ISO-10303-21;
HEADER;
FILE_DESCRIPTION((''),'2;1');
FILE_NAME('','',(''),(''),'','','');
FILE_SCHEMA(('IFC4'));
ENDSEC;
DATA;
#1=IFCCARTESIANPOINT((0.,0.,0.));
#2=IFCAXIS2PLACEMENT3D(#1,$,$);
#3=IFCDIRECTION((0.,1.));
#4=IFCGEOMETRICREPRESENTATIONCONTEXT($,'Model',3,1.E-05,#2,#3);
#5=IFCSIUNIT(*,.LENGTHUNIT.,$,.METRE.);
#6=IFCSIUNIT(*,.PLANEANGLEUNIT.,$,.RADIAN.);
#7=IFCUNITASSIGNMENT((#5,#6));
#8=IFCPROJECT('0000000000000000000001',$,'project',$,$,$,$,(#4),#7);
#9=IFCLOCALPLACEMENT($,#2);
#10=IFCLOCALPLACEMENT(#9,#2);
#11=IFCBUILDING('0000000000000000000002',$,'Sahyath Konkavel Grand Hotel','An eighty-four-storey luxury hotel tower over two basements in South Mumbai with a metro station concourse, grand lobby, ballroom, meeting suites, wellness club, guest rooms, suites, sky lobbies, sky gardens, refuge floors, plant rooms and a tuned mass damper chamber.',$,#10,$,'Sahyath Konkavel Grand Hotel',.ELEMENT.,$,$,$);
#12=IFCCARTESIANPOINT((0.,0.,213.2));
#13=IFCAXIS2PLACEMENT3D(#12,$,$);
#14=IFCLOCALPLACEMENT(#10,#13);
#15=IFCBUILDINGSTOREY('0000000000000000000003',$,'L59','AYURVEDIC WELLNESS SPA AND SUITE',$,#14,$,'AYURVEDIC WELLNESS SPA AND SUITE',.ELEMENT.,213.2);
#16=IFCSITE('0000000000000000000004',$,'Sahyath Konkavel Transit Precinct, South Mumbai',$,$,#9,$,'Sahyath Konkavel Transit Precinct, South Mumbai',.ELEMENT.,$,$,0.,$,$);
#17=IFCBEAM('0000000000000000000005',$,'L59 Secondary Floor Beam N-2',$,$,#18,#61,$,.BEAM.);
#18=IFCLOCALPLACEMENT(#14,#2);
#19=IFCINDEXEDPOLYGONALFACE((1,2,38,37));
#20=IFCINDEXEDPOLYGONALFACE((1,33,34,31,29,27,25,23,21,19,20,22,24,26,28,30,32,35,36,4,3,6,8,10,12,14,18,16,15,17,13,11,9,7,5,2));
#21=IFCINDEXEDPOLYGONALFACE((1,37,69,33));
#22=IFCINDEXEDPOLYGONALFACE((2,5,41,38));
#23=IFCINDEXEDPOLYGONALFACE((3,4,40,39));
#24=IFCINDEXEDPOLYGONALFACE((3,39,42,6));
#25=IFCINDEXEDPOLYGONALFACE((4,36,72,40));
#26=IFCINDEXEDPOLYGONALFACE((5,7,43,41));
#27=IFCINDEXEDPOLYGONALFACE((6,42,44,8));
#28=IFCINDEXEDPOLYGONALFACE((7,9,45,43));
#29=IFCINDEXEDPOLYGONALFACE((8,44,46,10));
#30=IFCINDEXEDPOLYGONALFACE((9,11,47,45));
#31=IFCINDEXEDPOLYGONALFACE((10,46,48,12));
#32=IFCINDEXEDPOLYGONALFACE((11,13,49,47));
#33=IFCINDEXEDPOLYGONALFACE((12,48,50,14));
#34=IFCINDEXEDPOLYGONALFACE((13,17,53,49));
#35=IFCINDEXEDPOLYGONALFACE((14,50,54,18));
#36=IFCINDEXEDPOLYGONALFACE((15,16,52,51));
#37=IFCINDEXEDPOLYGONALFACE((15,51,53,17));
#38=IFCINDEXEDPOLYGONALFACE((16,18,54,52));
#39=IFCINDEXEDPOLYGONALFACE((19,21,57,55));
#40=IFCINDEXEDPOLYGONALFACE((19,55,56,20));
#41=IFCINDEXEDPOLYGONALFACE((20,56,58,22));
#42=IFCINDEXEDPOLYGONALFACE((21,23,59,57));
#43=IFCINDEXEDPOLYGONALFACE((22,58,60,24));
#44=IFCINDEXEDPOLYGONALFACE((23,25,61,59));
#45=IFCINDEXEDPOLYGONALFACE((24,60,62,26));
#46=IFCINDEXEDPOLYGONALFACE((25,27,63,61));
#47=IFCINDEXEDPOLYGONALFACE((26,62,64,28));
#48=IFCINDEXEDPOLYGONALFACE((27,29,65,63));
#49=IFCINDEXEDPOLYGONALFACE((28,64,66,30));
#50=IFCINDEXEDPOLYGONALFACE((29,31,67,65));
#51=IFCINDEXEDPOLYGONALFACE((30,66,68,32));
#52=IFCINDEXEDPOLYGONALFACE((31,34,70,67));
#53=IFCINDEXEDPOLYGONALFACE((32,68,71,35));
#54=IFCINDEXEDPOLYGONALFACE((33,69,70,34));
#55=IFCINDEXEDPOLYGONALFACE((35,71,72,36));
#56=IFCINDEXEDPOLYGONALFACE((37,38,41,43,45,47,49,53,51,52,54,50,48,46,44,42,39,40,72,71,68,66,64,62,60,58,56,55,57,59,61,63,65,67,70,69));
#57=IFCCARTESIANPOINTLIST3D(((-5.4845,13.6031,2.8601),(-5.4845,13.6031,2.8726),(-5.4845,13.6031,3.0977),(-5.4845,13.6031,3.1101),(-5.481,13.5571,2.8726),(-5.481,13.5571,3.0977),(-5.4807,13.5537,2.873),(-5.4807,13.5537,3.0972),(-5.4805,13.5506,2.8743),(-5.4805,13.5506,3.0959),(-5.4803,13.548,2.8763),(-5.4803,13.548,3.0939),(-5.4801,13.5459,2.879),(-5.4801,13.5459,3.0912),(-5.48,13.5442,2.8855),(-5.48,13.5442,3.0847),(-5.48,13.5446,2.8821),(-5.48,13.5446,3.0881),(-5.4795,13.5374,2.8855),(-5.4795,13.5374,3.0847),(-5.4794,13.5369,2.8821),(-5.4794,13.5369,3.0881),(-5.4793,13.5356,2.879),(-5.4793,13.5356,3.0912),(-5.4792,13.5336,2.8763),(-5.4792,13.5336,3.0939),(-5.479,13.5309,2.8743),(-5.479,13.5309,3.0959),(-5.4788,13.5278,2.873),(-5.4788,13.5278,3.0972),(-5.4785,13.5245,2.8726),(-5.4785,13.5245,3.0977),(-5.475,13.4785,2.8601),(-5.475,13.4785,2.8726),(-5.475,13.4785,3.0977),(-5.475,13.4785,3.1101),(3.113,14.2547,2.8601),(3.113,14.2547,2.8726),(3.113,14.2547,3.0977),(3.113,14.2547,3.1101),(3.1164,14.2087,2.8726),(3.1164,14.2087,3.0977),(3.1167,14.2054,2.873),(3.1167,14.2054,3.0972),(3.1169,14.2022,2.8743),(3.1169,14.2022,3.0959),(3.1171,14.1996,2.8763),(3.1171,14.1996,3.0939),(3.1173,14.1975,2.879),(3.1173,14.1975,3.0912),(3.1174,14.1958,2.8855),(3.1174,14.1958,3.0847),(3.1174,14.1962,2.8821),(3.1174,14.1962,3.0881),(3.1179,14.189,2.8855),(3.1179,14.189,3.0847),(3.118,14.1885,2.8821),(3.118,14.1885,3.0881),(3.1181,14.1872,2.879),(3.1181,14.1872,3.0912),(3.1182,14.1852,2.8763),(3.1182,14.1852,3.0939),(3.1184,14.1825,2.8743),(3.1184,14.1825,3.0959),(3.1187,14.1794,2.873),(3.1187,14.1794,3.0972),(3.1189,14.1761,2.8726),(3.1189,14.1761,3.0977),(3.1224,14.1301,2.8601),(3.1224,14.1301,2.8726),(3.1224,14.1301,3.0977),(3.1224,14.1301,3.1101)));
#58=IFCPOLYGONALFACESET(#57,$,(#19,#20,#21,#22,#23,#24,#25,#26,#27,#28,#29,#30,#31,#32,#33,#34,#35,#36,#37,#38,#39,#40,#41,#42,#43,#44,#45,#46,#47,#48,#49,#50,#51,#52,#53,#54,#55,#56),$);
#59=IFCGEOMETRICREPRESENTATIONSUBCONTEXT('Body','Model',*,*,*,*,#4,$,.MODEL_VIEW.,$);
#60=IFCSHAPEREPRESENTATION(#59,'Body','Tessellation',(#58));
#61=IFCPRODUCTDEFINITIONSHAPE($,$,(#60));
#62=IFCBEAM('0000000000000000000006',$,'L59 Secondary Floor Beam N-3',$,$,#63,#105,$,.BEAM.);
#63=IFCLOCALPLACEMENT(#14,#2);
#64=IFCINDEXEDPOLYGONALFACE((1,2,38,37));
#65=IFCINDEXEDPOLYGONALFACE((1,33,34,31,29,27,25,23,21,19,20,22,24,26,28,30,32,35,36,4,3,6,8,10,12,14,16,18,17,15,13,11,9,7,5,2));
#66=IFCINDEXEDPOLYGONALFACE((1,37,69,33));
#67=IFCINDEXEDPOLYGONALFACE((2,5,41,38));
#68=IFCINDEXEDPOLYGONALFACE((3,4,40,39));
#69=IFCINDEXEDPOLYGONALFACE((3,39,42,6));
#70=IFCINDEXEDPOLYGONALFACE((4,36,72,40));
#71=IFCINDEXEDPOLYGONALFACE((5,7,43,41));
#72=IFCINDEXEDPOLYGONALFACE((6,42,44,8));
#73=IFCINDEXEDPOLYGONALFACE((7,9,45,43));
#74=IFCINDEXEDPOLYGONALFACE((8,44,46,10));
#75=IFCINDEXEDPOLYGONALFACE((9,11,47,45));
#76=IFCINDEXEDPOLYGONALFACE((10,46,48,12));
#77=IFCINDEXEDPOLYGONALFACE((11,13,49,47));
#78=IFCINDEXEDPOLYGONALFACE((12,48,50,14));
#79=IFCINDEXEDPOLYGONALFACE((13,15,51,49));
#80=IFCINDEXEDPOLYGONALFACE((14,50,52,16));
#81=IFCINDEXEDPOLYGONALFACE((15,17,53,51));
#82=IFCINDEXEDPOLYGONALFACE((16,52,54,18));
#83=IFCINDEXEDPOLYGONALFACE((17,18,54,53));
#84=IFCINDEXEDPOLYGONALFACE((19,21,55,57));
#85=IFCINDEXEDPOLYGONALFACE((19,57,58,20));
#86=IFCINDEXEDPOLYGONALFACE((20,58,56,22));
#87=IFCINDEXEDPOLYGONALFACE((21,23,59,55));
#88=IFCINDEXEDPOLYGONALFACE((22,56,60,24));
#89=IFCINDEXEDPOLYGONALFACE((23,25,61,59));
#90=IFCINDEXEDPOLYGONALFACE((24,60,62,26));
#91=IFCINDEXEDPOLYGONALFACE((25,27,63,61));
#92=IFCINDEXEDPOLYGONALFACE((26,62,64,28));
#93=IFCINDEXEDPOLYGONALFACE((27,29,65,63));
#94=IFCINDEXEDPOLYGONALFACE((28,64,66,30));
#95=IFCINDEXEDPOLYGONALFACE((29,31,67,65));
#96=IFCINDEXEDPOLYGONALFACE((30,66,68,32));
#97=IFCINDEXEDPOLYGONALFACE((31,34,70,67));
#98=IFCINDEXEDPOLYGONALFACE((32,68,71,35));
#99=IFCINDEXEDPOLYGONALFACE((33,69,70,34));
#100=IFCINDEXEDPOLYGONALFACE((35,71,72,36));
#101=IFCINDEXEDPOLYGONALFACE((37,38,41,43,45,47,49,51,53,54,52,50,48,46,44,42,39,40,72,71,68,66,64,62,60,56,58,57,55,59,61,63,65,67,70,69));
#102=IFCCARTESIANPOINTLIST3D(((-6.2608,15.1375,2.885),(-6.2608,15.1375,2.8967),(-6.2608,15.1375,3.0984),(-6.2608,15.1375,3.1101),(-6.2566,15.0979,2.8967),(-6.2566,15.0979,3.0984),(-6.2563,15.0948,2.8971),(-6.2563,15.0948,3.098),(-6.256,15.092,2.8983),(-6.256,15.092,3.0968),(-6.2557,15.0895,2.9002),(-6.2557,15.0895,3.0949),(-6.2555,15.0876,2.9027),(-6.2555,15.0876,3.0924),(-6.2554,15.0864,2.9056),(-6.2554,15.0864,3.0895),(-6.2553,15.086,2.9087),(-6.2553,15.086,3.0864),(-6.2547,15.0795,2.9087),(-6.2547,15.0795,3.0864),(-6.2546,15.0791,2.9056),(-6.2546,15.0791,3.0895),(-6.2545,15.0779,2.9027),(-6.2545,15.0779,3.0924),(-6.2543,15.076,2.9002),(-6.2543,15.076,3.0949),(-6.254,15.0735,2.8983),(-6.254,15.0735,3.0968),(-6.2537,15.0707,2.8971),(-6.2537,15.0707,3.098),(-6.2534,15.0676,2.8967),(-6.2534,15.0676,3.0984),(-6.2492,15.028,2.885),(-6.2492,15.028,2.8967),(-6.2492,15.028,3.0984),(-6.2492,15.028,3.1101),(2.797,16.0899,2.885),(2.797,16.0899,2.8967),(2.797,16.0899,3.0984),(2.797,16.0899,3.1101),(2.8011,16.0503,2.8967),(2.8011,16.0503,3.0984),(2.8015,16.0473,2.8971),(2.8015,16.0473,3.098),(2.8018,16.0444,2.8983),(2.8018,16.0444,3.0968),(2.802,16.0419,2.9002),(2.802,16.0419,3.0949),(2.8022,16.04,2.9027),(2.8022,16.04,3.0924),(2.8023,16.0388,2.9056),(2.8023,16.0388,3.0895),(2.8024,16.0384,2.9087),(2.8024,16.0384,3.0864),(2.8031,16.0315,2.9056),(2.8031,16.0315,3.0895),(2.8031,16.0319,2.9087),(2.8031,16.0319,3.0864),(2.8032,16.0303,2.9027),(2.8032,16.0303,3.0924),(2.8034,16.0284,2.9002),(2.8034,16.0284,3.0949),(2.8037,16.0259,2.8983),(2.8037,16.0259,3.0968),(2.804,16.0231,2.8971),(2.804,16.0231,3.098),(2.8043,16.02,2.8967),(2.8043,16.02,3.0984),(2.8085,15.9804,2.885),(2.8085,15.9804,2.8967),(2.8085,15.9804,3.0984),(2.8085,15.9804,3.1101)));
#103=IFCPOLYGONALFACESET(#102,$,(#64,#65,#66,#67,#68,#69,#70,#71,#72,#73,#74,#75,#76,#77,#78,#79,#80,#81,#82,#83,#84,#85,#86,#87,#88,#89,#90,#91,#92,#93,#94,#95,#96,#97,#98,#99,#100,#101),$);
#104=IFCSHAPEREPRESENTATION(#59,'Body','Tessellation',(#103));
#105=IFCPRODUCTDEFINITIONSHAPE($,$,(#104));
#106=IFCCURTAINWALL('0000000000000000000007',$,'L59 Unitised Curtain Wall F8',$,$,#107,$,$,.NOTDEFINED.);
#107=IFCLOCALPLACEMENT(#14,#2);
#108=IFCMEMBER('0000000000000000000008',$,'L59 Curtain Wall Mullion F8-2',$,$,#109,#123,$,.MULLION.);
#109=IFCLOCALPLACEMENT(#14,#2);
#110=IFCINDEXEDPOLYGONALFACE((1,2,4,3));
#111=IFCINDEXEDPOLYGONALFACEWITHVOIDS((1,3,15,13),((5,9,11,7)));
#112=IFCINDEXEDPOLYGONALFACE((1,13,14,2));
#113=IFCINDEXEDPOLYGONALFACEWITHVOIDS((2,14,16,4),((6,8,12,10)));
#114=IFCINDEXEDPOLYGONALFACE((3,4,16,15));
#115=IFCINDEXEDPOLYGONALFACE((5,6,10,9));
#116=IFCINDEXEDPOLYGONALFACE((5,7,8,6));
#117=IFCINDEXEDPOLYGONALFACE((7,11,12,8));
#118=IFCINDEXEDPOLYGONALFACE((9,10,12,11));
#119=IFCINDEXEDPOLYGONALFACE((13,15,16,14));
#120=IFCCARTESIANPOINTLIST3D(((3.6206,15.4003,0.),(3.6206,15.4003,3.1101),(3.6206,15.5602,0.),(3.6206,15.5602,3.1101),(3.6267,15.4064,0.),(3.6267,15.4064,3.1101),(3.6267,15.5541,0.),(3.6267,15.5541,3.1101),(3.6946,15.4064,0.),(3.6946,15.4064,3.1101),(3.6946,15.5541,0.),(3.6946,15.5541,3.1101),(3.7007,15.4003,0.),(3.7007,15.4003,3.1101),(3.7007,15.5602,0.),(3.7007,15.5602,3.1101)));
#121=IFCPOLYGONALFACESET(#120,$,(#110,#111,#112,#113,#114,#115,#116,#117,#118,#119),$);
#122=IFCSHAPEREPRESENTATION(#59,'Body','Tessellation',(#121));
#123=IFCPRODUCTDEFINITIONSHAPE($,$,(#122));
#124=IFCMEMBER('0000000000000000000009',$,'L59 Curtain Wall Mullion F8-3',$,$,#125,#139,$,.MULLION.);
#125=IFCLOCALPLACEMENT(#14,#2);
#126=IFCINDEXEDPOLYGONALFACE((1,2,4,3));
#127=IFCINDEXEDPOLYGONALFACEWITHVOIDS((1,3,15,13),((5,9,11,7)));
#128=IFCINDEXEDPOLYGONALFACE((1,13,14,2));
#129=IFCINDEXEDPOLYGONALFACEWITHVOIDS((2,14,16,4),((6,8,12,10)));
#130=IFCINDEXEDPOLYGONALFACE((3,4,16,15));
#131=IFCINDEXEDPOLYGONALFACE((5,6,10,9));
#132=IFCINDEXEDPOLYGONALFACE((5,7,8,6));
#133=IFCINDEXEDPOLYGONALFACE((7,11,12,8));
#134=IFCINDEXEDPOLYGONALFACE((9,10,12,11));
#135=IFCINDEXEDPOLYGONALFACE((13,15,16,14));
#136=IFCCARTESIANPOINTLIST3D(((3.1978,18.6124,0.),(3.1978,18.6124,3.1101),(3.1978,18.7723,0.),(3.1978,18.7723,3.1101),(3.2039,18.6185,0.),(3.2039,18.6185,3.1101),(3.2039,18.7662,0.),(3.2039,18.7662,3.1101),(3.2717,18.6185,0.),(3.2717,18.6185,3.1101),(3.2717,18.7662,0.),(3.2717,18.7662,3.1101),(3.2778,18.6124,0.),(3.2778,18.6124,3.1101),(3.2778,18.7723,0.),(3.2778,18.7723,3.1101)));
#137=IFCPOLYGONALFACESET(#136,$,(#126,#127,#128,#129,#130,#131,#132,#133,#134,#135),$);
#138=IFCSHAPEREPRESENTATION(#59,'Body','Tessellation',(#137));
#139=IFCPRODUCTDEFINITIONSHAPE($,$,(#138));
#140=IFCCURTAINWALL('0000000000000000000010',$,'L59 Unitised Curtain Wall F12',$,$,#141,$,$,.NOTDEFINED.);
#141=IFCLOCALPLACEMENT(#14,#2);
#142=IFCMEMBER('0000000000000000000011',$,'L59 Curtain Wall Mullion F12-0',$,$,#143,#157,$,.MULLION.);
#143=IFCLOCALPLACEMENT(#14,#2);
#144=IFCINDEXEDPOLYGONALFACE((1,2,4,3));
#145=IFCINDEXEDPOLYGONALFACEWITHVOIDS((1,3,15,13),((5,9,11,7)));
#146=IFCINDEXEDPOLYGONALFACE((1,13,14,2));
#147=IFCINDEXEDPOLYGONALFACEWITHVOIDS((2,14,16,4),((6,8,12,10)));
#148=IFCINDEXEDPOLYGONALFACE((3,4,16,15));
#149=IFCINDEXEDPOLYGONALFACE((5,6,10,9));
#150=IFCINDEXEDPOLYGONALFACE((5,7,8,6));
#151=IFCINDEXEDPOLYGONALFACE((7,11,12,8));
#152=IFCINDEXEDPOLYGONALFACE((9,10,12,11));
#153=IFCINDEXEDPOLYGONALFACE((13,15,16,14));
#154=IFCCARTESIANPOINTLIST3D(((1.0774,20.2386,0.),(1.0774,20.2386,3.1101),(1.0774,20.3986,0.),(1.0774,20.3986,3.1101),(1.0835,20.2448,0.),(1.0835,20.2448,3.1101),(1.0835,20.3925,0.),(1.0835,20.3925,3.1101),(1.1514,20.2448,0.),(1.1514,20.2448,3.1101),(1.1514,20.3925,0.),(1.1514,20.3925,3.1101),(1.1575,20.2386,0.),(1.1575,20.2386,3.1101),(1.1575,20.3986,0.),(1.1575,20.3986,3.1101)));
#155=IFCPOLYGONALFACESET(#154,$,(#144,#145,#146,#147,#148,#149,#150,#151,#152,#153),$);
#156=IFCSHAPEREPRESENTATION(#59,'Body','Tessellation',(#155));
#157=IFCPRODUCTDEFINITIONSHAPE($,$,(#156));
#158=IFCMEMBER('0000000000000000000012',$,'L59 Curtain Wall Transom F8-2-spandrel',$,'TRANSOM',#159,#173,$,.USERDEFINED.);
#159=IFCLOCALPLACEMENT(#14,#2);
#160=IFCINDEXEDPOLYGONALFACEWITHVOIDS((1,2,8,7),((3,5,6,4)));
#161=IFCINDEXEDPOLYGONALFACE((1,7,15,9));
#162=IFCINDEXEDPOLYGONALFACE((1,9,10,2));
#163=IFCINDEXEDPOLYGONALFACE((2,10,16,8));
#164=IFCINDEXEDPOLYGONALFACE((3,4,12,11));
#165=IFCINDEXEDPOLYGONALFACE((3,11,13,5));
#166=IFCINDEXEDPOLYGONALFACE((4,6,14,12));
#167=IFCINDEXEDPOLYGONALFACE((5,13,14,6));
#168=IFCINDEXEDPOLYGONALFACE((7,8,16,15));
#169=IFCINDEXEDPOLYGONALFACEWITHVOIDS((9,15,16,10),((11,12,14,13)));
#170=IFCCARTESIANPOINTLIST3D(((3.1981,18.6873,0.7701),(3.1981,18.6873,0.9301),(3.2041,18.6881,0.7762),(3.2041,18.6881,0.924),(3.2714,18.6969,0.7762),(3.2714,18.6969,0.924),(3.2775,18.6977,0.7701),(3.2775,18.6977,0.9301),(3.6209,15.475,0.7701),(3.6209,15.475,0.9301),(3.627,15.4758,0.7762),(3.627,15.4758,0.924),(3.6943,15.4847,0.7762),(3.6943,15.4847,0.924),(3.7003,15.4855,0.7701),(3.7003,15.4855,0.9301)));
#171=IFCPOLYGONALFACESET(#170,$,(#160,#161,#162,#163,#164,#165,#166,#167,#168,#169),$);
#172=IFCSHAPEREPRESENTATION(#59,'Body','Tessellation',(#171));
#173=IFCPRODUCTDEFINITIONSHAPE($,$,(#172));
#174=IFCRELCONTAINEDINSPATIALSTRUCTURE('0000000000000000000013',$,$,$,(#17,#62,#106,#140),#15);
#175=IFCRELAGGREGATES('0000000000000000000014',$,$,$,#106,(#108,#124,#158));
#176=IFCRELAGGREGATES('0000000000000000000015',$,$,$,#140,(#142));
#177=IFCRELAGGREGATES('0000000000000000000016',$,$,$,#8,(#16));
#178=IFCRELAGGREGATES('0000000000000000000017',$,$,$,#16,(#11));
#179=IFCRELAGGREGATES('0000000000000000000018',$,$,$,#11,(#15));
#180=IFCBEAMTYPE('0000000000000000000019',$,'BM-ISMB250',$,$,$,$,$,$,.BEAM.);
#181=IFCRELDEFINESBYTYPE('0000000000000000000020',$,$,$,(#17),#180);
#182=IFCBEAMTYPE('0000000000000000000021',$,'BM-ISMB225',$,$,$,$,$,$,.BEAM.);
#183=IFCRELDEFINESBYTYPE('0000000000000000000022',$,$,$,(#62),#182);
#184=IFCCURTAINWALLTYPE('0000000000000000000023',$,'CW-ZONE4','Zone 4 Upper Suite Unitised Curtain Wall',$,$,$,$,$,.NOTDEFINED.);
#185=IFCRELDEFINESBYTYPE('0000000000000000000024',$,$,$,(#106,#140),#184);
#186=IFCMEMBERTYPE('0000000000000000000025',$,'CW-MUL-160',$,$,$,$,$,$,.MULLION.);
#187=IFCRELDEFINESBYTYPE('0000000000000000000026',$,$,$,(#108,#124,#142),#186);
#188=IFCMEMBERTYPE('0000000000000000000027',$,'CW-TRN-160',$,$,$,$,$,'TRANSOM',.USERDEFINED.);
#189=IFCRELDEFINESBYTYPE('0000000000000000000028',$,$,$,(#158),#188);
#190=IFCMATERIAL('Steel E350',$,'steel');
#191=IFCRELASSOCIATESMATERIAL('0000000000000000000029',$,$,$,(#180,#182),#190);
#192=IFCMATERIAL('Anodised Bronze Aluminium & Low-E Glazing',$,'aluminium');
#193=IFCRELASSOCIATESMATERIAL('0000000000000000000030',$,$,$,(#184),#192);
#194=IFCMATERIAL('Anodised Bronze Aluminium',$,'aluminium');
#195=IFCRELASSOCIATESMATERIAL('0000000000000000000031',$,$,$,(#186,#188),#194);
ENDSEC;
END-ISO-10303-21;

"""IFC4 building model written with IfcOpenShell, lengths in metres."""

from ifc_helpers import new_model, si_unit, direction, frame, origin, origin_2d, place, context, subcontext, project, spatial, hollow_rectangle, i_section, extrude, source, transform, mapped, material, material_profile, profile_set, type_object, element, aggregate, save


model = new_model("IFC4")

# Units and contexts
model_context = context("Model", 3, precision=1e-05, world=origin(), true_north=direction((0.0, 1.0)))
body_context = subcontext(model_context, "Body", "Model", "MODEL_VIEW")
ifc_project = project(units=[si_unit("LENGTHUNIT", "METRE"), si_unit("PLANEANGLEUNIT", "RADIAN")], contexts=[model_context])

# Site, building, storey
site_placement = place(None, origin())
site = spatial("IfcSite", under=ifc_project, at=site_placement, Name="Sahyath Konkavel Transit Precinct, South Mumbai", LongName="Sahyath Konkavel Transit Precinct, South Mumbai", CompositionType="ELEMENT", RefElevation=0.0)
building_placement = place(site_placement, origin())
building = spatial("IfcBuilding", under=site, at=building_placement, Name="Sahyath Konkavel Grand Hotel", Description="An eighty-four-storey luxury hotel tower over two basements in South Mumbai with a metro station concourse, grand lobby, ballroom, meeting suites, wellness club, guest rooms, suites, sky lobbies, sky gardens, refuge floors, plant rooms and a tuned mass damper chamber.", LongName="Sahyath Konkavel Grand Hotel", CompositionType="ELEMENT")
storey_placement = place(building_placement, frame((0.0, 0.0, 213.2)))
storey = spatial("IfcBuildingStorey", under=building, at=storey_placement, Name="L59", Description="AYURVEDIC WELLNESS SPA AND SUITE", LongName="AYURVEDIC WELLNESS SPA AND SUITE", CompositionType="ELEMENT", Elevation=213.2)

# Beams
ifc_material_1 = material(Name="Steel E350", Category="steel")
ifc_material_profile_1 = material_profile(ifc_material_1, i_section(OverallWidth=0.125, OverallDepth=0.25, WebThickness=0.0068, FlangeThickness=0.0125, FilletRadius=0.0129, at=origin_2d()), Name="ISMB 250")
ifc_profile_set_1 = profile_set([ifc_material_profile_1], Name="Steel E350")
beam_type_1 = type_object("IfcBeamType", Name="BM-ISMB250", PredefinedType="BEAM", material=ifc_profile_set_1)
shared_shape_1 = source(origin(), body_context, "Body", "SweptSolid", [
    extrude(i_section(OverallWidth=0.125, OverallDepth=0.25, WebThickness=0.0068, FlangeThickness=0.0125, FilletRadius=0.0129, at=origin_2d()), origin(), (0.0, 0.0, 1.0), 8.6221),
])
beam_1_placement = place(storey_placement, frame((3.1177, 14.1924, 2.9851), z_axis=(-0.99714, -0.075575, 0.0), x_axis=(0.075575, -0.99714, 0.0)))
element("IfcBeam", 1, at=beam_1_placement, inside=storey, type_object=beam_type_1, Name="L59 Secondary Floor Beam N-2", PredefinedType="BEAM", context=body_context, shape_type="MappedRepresentation", body=[
    mapped(shared_shape_1, transform((0.0, 0.0, 0.0), scale=1.0)),
])
ifc_material_profile_2 = material_profile(ifc_material_1, i_section(OverallWidth=0.1101, OverallDepth=0.2251, WebThickness=0.0066, FlangeThickness=0.0117, FilletRadius=0.012, at=origin_2d()), Name="ISMB 225")
ifc_profile_set_2 = profile_set([ifc_material_profile_2], Name="Steel E350")
beam_type_2 = type_object("IfcBeamType", Name="BM-ISMB225", PredefinedType="BEAM", material=ifc_profile_set_2)
shared_shape_2 = source(origin(), body_context, "Body", "SweptSolid", [
    extrude(i_section(OverallWidth=0.1101, OverallDepth=0.2251, WebThickness=0.0066, FlangeThickness=0.0117, FilletRadius=0.012, at=origin_2d()), origin(), (0.0, 0.0, 1.0), 9.1077),
])
beam_2_placement = place(storey_placement, frame((2.8027, 16.0352, 2.9976), z_axis=(-0.994517, -0.104572, 0.0), x_axis=(0.104572, -0.994517, 0.0)))
element("IfcBeam", 2, at=beam_2_placement, inside=storey, type_object=beam_type_2, Name="L59 Secondary Floor Beam N-3", PredefinedType="BEAM", context=body_context, shape_type="MappedRepresentation", body=[
    mapped(shared_shape_2, transform((0.0, 0.0, 0.0), scale=1.0)),
])

# Curtain wall, members
ifc_material_2 = material(Name="Anodised Bronze Aluminium & Low-E Glazing", Category="aluminium")
curtain_wall_type = type_object("IfcCurtainWallType", Name="CW-ZONE4", Description="Zone 4 Upper Suite Unitised Curtain Wall", PredefinedType="NOTDEFINED", material=ifc_material_2)
curtain_wall_1_placement = place(storey_placement, origin())
curtain_wall_1 = element("IfcCurtainWall", 3, at=curtain_wall_1_placement, inside=storey, type_object=curtain_wall_type, Name="L59 Unitised Curtain Wall F8", PredefinedType="NOTDEFINED")
ifc_material_3 = material(Name="Anodised Bronze Aluminium", Category="aluminium")
ifc_material_profile_3 = material_profile(ifc_material_3, hollow_rectangle(XDim=0.0801, YDim=0.1599, WallThickness=0.0061, at=origin_2d()), Name="RHS 160x80x6")
ifc_profile_set_3 = profile_set([ifc_material_profile_3], Name="Anodised Bronze Aluminium")
member_type_1 = type_object("IfcMemberType", Name="CW-MUL-160", PredefinedType="MULLION", material=ifc_profile_set_3)
shared_shape_3 = source(origin(), body_context, "Body", "SweptSolid", [
    extrude(hollow_rectangle(XDim=0.0801, YDim=0.1599, WallThickness=0.0061, at=origin_2d()), origin(), (0.0, 0.0, 1.0), 3.1101),
])
member_1_placement = place(storey_placement, frame((3.6606, 15.4802, 0.0), z_axis=(0.0, 0.0, 1.0), x_axis=(1.0, 0.0, 0.0)))
member_1 = element("IfcMember", 4, at=member_1_placement, type_object=member_type_1, Name="L59 Curtain Wall Mullion F8-2", PredefinedType="MULLION", context=body_context, shape_type="MappedRepresentation", body=[
    mapped(shared_shape_3, transform((0.0, 0.0, 0.0), scale=1.0)),
])
member_2_placement = place(storey_placement, frame((3.2378, 18.6924, 0.0), z_axis=(0.0, 0.0, 1.0), x_axis=(1.0, 0.0, 0.0)))
member_2 = element("IfcMember", 5, at=member_2_placement, type_object=member_type_1, Name="L59 Curtain Wall Mullion F8-3", PredefinedType="MULLION", context=body_context, shape_type="MappedRepresentation", body=[
    mapped(shared_shape_3, transform((0.0, 0.0, 0.0), scale=1.0)),
])

# Curtain wall, member
curtain_wall_2_placement = place(storey_placement, origin())
curtain_wall_2 = element("IfcCurtainWall", 6, at=curtain_wall_2_placement, inside=storey, type_object=curtain_wall_type, Name="L59 Unitised Curtain Wall F12", PredefinedType="NOTDEFINED")
member_3_placement = place(storey_placement, frame((1.1174, 20.3186, 0.0), z_axis=(0.0, 0.0, 1.0), x_axis=(1.0, 0.0, 0.0)))
member_3 = element("IfcMember", 7, at=member_3_placement, type_object=member_type_1, Name="L59 Curtain Wall Mullion F12-0", PredefinedType="MULLION", context=body_context, shape_type="MappedRepresentation", body=[
    mapped(shared_shape_3, transform((0.0, 0.0, 0.0), scale=1.0)),
])

# Member
ifc_material_profile_4 = material_profile(ifc_material_3, hollow_rectangle(XDim=0.0801, YDim=0.1599, WallThickness=0.0061, at=origin_2d()), Name="RHS 160x80x6")
ifc_profile_set_4 = profile_set([ifc_material_profile_4], Name="Anodised Bronze Aluminium")
member_type_2 = type_object("IfcMemberType", Name="CW-TRN-160", ElementType="TRANSOM", PredefinedType="USERDEFINED", material=ifc_profile_set_4)
shared_shape_4 = source(origin(), body_context, "Body", "SweptSolid", [
    extrude(hollow_rectangle(XDim=0.0801, YDim=0.1599, WallThickness=0.0061, at=origin_2d()), origin(), (0.0, 0.0, 1.0), 3.24),
])
member_4_placement = place(storey_placement, frame((3.6606, 15.4802, 0.8501), z_axis=(-0.130515, 0.991446, 0.0), x_axis=(-0.991446, -0.130515, 0.0)))
member_4 = element("IfcMember", 8, at=member_4_placement, type_object=member_type_2, Name="L59 Curtain Wall Transom F8-2-spandrel", ObjectType="TRANSOM", PredefinedType="USERDEFINED", context=body_context, shape_type="MappedRepresentation", body=[
    mapped(shared_shape_4, transform((0.0, 0.0, 0.0), scale=1.0)),
])

aggregate(curtain_wall_1, [member_1, member_2, member_4])
aggregate(curtain_wall_2, [member_3])

save(model, "model.ifc")
